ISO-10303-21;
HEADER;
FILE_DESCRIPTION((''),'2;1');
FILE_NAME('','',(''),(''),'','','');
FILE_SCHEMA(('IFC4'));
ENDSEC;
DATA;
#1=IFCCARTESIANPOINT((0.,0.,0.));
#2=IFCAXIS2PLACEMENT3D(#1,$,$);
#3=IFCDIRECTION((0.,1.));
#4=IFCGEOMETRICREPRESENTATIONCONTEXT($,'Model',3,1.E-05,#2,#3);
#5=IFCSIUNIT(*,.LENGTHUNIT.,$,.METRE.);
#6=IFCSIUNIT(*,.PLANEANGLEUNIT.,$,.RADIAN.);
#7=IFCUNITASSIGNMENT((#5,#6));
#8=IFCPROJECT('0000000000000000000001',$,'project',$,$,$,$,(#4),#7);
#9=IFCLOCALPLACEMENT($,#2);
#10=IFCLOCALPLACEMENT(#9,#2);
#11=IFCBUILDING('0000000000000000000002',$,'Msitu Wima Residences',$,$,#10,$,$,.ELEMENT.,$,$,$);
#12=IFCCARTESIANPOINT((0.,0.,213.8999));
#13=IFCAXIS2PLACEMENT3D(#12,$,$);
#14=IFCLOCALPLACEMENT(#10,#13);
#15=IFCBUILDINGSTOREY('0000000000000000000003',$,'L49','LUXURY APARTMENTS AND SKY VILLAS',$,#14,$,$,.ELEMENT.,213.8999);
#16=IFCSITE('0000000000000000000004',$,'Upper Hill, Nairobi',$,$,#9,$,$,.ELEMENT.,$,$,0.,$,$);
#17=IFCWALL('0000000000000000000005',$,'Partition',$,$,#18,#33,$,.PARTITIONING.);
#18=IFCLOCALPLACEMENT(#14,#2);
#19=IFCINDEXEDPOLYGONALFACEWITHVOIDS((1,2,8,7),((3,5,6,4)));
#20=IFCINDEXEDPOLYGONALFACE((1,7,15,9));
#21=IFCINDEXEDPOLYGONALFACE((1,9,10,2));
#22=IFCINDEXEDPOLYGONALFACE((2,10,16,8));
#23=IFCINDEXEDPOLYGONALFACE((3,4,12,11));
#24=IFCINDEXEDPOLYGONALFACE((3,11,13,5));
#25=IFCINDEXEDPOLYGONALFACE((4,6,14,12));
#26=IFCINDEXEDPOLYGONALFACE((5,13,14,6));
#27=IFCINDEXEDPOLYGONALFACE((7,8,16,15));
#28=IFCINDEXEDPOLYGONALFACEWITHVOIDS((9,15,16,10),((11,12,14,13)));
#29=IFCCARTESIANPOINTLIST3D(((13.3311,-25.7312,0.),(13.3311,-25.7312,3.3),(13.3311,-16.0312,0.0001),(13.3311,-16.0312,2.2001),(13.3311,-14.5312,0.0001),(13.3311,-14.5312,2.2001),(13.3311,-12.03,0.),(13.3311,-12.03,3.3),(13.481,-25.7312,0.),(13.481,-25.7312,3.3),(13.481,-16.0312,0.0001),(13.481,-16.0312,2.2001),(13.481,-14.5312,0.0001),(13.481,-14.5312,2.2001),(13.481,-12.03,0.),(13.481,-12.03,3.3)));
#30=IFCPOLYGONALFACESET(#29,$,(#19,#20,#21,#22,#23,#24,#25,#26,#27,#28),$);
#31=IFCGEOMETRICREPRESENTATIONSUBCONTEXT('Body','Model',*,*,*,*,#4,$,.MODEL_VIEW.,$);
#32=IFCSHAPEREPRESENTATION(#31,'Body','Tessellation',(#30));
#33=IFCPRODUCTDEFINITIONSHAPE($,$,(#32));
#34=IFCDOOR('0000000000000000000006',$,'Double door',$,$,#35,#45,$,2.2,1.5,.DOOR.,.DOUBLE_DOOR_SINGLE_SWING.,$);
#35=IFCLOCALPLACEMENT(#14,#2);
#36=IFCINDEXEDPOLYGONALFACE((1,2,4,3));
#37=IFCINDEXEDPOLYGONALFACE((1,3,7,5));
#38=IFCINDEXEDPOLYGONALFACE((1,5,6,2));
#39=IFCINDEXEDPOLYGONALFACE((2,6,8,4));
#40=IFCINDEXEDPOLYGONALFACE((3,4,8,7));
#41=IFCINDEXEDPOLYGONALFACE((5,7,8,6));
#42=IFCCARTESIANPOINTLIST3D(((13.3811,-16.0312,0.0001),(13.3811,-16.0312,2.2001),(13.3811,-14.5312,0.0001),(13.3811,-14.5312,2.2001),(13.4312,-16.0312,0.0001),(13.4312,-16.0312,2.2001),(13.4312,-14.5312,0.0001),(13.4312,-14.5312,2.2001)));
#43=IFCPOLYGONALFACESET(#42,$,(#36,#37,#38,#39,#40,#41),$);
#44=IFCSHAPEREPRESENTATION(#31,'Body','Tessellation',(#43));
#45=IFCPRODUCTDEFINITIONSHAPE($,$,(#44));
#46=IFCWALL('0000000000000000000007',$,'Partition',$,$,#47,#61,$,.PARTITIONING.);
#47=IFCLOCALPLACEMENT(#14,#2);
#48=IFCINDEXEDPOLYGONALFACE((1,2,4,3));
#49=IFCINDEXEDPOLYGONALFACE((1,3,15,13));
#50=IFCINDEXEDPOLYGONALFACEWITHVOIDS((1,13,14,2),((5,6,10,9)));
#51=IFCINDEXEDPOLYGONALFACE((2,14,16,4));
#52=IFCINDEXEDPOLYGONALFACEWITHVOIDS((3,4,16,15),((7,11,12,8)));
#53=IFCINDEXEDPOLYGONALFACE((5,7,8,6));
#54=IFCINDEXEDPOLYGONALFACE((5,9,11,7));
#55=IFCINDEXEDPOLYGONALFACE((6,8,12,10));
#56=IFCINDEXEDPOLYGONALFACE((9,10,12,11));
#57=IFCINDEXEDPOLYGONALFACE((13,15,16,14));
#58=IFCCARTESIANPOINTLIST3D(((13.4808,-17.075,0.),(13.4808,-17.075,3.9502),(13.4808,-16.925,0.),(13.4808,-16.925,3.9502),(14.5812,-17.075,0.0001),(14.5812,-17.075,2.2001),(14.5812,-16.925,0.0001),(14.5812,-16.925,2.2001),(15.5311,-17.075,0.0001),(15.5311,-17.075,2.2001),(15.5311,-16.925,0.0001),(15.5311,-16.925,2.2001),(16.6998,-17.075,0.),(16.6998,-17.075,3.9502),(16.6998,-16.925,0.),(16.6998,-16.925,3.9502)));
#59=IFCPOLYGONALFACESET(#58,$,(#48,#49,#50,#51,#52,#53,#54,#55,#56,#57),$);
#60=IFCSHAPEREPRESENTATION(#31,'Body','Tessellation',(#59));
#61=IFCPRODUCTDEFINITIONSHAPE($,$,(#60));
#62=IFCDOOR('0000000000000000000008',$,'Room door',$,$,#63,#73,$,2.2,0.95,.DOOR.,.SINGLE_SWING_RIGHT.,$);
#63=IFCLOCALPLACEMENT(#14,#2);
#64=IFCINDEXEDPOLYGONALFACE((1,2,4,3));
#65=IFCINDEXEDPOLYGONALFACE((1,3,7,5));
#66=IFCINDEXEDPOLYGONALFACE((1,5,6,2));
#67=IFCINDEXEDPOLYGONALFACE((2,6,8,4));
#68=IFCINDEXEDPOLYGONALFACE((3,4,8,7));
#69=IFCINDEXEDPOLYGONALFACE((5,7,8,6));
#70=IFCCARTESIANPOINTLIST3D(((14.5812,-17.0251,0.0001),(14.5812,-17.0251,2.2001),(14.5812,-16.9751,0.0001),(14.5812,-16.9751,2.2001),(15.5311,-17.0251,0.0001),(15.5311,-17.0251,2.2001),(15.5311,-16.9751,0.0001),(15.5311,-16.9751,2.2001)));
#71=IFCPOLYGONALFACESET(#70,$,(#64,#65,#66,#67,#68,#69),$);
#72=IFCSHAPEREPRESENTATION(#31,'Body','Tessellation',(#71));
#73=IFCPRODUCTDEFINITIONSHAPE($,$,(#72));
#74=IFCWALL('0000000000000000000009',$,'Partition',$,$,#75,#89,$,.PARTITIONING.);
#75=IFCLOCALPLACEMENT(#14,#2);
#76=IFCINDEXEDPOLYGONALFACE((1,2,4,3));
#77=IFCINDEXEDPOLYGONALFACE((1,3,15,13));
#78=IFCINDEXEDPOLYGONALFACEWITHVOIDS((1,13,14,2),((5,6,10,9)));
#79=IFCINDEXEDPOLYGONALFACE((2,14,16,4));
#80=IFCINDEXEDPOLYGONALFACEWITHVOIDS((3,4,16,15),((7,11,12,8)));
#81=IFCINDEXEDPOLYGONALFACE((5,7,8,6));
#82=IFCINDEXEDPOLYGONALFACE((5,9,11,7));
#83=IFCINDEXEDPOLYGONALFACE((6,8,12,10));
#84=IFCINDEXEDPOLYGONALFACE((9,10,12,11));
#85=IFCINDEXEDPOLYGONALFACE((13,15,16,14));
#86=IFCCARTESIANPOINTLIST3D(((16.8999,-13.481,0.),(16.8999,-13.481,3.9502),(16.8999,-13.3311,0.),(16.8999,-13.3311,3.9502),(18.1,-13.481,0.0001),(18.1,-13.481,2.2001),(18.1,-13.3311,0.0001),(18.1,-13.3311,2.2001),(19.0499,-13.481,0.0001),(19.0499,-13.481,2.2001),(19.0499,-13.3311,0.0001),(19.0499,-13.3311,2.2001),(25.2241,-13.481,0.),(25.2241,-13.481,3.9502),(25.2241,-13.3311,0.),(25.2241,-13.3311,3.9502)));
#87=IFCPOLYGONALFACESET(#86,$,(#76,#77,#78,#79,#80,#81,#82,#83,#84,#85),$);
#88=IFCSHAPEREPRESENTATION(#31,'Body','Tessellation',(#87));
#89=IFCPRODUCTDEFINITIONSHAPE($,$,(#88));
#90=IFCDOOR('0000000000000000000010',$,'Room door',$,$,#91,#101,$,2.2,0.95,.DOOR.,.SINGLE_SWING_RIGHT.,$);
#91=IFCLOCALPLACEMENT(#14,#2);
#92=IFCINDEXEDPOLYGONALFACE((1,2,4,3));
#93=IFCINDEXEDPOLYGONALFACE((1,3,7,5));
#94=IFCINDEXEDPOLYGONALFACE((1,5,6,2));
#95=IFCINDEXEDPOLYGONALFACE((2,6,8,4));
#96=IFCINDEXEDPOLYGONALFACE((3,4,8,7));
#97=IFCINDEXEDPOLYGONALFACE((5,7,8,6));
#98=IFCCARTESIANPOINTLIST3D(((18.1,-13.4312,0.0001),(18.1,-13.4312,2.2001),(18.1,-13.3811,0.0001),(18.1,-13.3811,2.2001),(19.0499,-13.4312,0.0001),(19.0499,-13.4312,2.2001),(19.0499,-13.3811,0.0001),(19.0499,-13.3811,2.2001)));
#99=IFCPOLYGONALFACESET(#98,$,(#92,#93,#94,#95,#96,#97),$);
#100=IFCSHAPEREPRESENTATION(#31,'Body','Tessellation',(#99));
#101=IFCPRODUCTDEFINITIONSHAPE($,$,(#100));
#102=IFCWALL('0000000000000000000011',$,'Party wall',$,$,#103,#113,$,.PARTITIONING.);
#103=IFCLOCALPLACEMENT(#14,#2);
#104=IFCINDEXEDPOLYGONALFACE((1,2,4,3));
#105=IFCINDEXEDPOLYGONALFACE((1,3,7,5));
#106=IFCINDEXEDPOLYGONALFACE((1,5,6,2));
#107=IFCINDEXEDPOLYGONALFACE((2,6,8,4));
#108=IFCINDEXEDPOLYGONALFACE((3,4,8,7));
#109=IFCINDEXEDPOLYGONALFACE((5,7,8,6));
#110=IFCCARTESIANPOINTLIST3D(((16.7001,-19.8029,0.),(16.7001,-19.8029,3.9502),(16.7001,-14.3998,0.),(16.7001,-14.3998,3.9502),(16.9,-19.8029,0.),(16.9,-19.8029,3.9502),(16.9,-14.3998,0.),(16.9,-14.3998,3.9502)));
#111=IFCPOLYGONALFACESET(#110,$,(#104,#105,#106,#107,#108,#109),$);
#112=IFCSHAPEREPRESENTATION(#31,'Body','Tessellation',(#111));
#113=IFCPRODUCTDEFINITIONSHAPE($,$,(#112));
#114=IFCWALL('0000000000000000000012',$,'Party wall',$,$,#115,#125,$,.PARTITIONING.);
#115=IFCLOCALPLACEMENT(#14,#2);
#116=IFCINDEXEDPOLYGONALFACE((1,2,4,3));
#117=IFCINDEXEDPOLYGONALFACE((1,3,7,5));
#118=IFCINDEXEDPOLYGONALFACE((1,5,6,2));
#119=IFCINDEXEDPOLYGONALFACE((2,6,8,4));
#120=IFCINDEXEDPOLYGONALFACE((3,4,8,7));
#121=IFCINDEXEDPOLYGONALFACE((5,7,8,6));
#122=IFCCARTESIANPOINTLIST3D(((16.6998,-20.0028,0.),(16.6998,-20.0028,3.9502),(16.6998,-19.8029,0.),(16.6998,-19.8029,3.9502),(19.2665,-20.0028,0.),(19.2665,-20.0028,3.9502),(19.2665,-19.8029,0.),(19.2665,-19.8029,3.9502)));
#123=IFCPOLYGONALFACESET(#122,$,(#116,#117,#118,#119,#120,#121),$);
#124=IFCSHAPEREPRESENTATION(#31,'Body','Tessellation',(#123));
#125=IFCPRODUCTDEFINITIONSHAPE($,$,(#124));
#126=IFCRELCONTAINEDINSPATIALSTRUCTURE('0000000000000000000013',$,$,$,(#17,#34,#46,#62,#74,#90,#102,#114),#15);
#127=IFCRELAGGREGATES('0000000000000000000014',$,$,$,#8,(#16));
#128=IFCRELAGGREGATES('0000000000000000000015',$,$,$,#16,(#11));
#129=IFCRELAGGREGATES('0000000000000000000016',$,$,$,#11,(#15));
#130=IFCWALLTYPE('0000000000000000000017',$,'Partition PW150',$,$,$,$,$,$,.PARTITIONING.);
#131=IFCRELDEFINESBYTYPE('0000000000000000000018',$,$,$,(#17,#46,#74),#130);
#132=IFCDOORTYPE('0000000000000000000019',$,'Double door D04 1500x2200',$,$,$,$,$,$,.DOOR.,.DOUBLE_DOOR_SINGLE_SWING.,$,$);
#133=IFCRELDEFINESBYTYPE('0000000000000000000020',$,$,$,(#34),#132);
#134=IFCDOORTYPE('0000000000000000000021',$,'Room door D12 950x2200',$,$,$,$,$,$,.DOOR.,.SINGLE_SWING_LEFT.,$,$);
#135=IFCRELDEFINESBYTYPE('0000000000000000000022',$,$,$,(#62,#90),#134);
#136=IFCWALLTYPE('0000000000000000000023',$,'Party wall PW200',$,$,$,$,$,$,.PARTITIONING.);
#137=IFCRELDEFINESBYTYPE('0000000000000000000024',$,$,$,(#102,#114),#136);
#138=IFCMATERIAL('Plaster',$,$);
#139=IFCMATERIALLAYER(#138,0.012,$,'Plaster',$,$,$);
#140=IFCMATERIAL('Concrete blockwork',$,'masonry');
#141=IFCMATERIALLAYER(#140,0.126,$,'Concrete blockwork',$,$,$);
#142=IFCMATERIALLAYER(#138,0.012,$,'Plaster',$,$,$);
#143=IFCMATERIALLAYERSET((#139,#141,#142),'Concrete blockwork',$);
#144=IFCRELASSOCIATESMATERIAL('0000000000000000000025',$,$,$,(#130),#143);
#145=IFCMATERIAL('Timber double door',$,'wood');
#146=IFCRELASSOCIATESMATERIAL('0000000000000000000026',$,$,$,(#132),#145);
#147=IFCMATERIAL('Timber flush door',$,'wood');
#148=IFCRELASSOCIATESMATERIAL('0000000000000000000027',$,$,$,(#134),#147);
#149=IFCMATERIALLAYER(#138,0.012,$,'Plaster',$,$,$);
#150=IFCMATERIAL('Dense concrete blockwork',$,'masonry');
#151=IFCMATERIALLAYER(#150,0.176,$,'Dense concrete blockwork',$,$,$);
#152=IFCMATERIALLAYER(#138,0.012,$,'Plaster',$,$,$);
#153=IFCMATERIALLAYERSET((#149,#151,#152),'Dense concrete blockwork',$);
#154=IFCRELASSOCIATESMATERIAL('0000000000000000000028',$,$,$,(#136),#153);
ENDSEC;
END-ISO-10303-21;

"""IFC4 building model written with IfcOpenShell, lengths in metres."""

from ifc_helpers import new_model, si_unit, direction, frame, frame_2d, origin, place, context, subcontext, project, spatial, rectangle, extrude, material, layer, layer_set, type_object, element, fill, save


model = new_model("IFC4")

# Units and contexts
model_context = context("Model", 3, precision=1e-05, world=origin(), true_north=direction((0.0, 1.0)))
body_context = subcontext(model_context, "Body", "Model", "MODEL_VIEW")
ifc_project = project(units=[si_unit("LENGTHUNIT", "METRE"), si_unit("PLANEANGLEUNIT", "RADIAN")], contexts=[model_context])

# Site, building, storey
site_placement = place(None, origin())
site = spatial("IfcSite", under=ifc_project, at=site_placement, Name="Upper Hill, Nairobi", CompositionType="ELEMENT", RefElevation=0.0)
building_placement = place(site_placement, origin())
building = spatial("IfcBuilding", under=site, at=building_placement, Name="Msitu Wima Residences", CompositionType="ELEMENT")
storey_placement = place(building_placement, frame((0.0, 0.0, 213.8999)))
storey = spatial("IfcBuildingStorey", under=building, at=storey_placement, Name="L49", Description="LUXURY APARTMENTS AND SKY VILLAS", CompositionType="ELEMENT", Elevation=213.8999)

# Shared definitions
ifc_material_1 = material(Name="Plaster")
ifc_material_2 = material(Name="Concrete blockwork", Category="masonry")

# Walls, openings, doors
ifc_layer_1 = layer(ifc_material_1, 0.012, Name="Plaster")
ifc_layer_2 = layer(ifc_material_2, 0.126, Name="Concrete blockwork")
ifc_layer_3 = layer(ifc_material_1, 0.012, Name="Plaster")
ifc_layer_set_1 = layer_set([ifc_layer_1, ifc_layer_2, ifc_layer_3], Name="Concrete blockwork")
wall_type_1 = type_object("IfcWallType", Name="Partition PW150", PredefinedType="PARTITIONING", material=ifc_layer_set_1)
wall_1_placement = place(storey_placement, frame((13.406, -25.7312, 0.0), z_axis=(0.0, 0.0, 1.0), x_axis=(0.0, 1.0, 0.0)))
wall_1 = element("IfcWall", 1, at=wall_1_placement, inside=storey, type_object=wall_type_1, Name="Partition", PredefinedType="PARTITIONING", context=body_context, shape_type="SweptSolid", body=[
    extrude(rectangle(XDim=13.7012, YDim=0.1499, at=frame_2d((6.8506, 0.0))), origin(), (0.0, 0.0, 1.0), 3.3),
])
opening_1_placement = place(wall_1_placement, frame((9.7, 0.0, 0.0)))
opening_1 = element("IfcOpeningElement", 2, at=opening_1_placement, cuts=wall_1, PredefinedType="OPENING", context=body_context, shape_type="SweptSolid", body=[
    extrude(rectangle(XDim=1.5, YDim=2.2, at=frame_2d((0.75, 1.1001))), frame((0.0, 0.085, 0.0), z_axis=(0.0, -1.0, 0.0), x_axis=(1.0, 0.0, 0.0)), (0.0, 0.0, 1.0), 0.1699),
])
ifc_material_3 = material(Name="Timber double door", Category="wood")
door_type_1 = type_object("IfcDoorType", Name="Double door D04 1500x2200", OperationType="DOUBLE_DOOR_SINGLE_SWING", PredefinedType="DOOR", material=ifc_material_3)
door_1_placement = place(opening_1_placement, origin())
door_1 = element("IfcDoor", 3, at=door_1_placement, inside=storey, type_object=door_type_1, Name="Double door", OperationType="DOUBLE_DOOR_SINGLE_SWING", OverallHeight=2.2, OverallWidth=1.5, PredefinedType="DOOR", context=body_context, shape_type="SweptSolid", body=[
    extrude(rectangle(XDim=1.5, YDim=2.2, at=frame_2d((0.75, 1.1001))), frame((0.0, 0.0249, 0.0), z_axis=(0.0, -1.0, 0.0), x_axis=(1.0, 0.0, 0.0)), (0.0, 0.0, 1.0), 0.05),
])
fill(opening_1, door_1)
wall_2_placement = place(storey_placement, frame((13.481, -17.0, 0.0), z_axis=(0.0, 0.0, 1.0), x_axis=(1.0, 0.0, 0.0)))
wall_2 = element("IfcWall", 4, at=wall_2_placement, inside=storey, type_object=wall_type_1, Name="Partition", PredefinedType="PARTITIONING", context=body_context, shape_type="SweptSolid", body=[
    extrude(rectangle(XDim=3.219, YDim=0.1499, at=frame_2d((1.6094, 0.0))), origin(), (0.0, 0.0, 1.0), 3.9502),
])
opening_2_placement = place(wall_2_placement, frame((1.1001, 0.0, 0.0)))
opening_2 = element("IfcOpeningElement", 5, at=opening_2_placement, cuts=wall_2, PredefinedType="OPENING", context=body_context, shape_type="SweptSolid", body=[
    extrude(rectangle(XDim=0.95, YDim=2.2, at=frame_2d((0.4751, 1.1001))), frame((0.0, 0.085, 0.0), z_axis=(0.0, -1.0, 0.0), x_axis=(1.0, 0.0, 0.0)), (0.0, 0.0, 1.0), 0.1699),
])
ifc_material_4 = material(Name="Timber flush door", Category="wood")
door_type_2 = type_object("IfcDoorType", Name="Room door D12 950x2200", OperationType="SINGLE_SWING_LEFT", PredefinedType="DOOR", material=ifc_material_4)
door_2_placement = place(opening_2_placement, origin())
door_2 = element("IfcDoor", 6, at=door_2_placement, inside=storey, type_object=door_type_2, Name="Room door", OperationType="SINGLE_SWING_RIGHT", OverallHeight=2.2, OverallWidth=0.95, PredefinedType="DOOR", context=body_context, shape_type="SweptSolid", body=[
    extrude(rectangle(XDim=0.95, YDim=2.2, at=frame_2d((0.4751, 1.1001))), frame((0.0, 0.0249, 0.0), z_axis=(0.0, -1.0, 0.0), x_axis=(1.0, 0.0, 0.0)), (0.0, 0.0, 1.0), 0.05),
])
fill(opening_2, door_2)
wall_3_placement = place(storey_placement, frame((16.8999, -13.406, 0.0), z_axis=(0.0, 0.0, 1.0), x_axis=(1.0, 0.0, 0.0)))
wall_3 = element("IfcWall", 7, at=wall_3_placement, inside=storey, type_object=wall_type_1, Name="Partition", PredefinedType="PARTITIONING", context=body_context, shape_type="SweptSolid", body=[
    extrude(rectangle(XDim=8.3242, YDim=0.1499, at=frame_2d((4.1621, 0.0))), origin(), (0.0, 0.0, 1.0), 3.9502),
])
opening_3_placement = place(wall_3_placement, frame((1.2, 0.0, 0.0)))
opening_3 = element("IfcOpeningElement", 8, at=opening_3_placement, cuts=wall_3, PredefinedType="OPENING", context=body_context, shape_type="SweptSolid", body=[
    extrude(rectangle(XDim=0.95, YDim=2.2, at=frame_2d((0.4751, 1.1001))), frame((0.0, 0.085, 0.0), z_axis=(0.0, -1.0, 0.0), x_axis=(1.0, 0.0, 0.0)), (0.0, 0.0, 1.0), 0.1699),
])
door_3_placement = place(opening_3_placement, origin())
door_3 = element("IfcDoor", 9, at=door_3_placement, inside=storey, type_object=door_type_2, Name="Room door", OperationType="SINGLE_SWING_RIGHT", OverallHeight=2.2, OverallWidth=0.95, PredefinedType="DOOR", context=body_context, shape_type="SweptSolid", body=[
    extrude(rectangle(XDim=0.95, YDim=2.2, at=frame_2d((0.4751, 1.1001))), frame((0.0, 0.0249, 0.0), z_axis=(0.0, -1.0, 0.0), x_axis=(1.0, 0.0, 0.0)), (0.0, 0.0, 1.0), 0.05),
])
fill(opening_3, door_3)

# Walls
ifc_layer_4 = layer(ifc_material_1, 0.012, Name="Plaster")
ifc_material_5 = material(Name="Dense concrete blockwork", Category="masonry")
ifc_layer_5 = layer(ifc_material_5, 0.176, Name="Dense concrete blockwork")
ifc_layer_6 = layer(ifc_material_1, 0.012, Name="Plaster")
ifc_layer_set_2 = layer_set([ifc_layer_4, ifc_layer_5, ifc_layer_6], Name="Dense concrete blockwork")
wall_type_2 = type_object("IfcWallType", Name="Party wall PW200", PredefinedType="PARTITIONING", material=ifc_layer_set_2)
wall_4_placement = place(storey_placement, frame((16.8, -19.803, 0.0), z_axis=(0.0, 0.0, 1.0), x_axis=(0.0, 1.0, 0.0)))
element("IfcWall", 10, at=wall_4_placement, inside=storey, type_object=wall_type_2, Name="Party wall", PredefinedType="PARTITIONING", context=body_context, shape_type="SweptSolid", body=[
    extrude(rectangle(XDim=5.4031, YDim=0.2, at=frame_2d((2.7017, 0.0))), origin(), (0.0, 0.0, 1.0), 3.9502),
])
wall_5_placement = place(storey_placement, frame((16.7, -19.9028, 0.0), z_axis=(0.0, 0.0, 1.0), x_axis=(1.0, 0.0, 0.0)))
element("IfcWall", 11, at=wall_5_placement, inside=storey, type_object=wall_type_2, Name="Party wall", PredefinedType="PARTITIONING", context=body_context, shape_type="SweptSolid", body=[
    extrude(rectangle(XDim=2.5667, YDim=0.2, at=frame_2d((1.2832, 0.0))), origin(), (0.0, 0.0, 1.0), 3.9502),
])

save(model, "model.ifc")
